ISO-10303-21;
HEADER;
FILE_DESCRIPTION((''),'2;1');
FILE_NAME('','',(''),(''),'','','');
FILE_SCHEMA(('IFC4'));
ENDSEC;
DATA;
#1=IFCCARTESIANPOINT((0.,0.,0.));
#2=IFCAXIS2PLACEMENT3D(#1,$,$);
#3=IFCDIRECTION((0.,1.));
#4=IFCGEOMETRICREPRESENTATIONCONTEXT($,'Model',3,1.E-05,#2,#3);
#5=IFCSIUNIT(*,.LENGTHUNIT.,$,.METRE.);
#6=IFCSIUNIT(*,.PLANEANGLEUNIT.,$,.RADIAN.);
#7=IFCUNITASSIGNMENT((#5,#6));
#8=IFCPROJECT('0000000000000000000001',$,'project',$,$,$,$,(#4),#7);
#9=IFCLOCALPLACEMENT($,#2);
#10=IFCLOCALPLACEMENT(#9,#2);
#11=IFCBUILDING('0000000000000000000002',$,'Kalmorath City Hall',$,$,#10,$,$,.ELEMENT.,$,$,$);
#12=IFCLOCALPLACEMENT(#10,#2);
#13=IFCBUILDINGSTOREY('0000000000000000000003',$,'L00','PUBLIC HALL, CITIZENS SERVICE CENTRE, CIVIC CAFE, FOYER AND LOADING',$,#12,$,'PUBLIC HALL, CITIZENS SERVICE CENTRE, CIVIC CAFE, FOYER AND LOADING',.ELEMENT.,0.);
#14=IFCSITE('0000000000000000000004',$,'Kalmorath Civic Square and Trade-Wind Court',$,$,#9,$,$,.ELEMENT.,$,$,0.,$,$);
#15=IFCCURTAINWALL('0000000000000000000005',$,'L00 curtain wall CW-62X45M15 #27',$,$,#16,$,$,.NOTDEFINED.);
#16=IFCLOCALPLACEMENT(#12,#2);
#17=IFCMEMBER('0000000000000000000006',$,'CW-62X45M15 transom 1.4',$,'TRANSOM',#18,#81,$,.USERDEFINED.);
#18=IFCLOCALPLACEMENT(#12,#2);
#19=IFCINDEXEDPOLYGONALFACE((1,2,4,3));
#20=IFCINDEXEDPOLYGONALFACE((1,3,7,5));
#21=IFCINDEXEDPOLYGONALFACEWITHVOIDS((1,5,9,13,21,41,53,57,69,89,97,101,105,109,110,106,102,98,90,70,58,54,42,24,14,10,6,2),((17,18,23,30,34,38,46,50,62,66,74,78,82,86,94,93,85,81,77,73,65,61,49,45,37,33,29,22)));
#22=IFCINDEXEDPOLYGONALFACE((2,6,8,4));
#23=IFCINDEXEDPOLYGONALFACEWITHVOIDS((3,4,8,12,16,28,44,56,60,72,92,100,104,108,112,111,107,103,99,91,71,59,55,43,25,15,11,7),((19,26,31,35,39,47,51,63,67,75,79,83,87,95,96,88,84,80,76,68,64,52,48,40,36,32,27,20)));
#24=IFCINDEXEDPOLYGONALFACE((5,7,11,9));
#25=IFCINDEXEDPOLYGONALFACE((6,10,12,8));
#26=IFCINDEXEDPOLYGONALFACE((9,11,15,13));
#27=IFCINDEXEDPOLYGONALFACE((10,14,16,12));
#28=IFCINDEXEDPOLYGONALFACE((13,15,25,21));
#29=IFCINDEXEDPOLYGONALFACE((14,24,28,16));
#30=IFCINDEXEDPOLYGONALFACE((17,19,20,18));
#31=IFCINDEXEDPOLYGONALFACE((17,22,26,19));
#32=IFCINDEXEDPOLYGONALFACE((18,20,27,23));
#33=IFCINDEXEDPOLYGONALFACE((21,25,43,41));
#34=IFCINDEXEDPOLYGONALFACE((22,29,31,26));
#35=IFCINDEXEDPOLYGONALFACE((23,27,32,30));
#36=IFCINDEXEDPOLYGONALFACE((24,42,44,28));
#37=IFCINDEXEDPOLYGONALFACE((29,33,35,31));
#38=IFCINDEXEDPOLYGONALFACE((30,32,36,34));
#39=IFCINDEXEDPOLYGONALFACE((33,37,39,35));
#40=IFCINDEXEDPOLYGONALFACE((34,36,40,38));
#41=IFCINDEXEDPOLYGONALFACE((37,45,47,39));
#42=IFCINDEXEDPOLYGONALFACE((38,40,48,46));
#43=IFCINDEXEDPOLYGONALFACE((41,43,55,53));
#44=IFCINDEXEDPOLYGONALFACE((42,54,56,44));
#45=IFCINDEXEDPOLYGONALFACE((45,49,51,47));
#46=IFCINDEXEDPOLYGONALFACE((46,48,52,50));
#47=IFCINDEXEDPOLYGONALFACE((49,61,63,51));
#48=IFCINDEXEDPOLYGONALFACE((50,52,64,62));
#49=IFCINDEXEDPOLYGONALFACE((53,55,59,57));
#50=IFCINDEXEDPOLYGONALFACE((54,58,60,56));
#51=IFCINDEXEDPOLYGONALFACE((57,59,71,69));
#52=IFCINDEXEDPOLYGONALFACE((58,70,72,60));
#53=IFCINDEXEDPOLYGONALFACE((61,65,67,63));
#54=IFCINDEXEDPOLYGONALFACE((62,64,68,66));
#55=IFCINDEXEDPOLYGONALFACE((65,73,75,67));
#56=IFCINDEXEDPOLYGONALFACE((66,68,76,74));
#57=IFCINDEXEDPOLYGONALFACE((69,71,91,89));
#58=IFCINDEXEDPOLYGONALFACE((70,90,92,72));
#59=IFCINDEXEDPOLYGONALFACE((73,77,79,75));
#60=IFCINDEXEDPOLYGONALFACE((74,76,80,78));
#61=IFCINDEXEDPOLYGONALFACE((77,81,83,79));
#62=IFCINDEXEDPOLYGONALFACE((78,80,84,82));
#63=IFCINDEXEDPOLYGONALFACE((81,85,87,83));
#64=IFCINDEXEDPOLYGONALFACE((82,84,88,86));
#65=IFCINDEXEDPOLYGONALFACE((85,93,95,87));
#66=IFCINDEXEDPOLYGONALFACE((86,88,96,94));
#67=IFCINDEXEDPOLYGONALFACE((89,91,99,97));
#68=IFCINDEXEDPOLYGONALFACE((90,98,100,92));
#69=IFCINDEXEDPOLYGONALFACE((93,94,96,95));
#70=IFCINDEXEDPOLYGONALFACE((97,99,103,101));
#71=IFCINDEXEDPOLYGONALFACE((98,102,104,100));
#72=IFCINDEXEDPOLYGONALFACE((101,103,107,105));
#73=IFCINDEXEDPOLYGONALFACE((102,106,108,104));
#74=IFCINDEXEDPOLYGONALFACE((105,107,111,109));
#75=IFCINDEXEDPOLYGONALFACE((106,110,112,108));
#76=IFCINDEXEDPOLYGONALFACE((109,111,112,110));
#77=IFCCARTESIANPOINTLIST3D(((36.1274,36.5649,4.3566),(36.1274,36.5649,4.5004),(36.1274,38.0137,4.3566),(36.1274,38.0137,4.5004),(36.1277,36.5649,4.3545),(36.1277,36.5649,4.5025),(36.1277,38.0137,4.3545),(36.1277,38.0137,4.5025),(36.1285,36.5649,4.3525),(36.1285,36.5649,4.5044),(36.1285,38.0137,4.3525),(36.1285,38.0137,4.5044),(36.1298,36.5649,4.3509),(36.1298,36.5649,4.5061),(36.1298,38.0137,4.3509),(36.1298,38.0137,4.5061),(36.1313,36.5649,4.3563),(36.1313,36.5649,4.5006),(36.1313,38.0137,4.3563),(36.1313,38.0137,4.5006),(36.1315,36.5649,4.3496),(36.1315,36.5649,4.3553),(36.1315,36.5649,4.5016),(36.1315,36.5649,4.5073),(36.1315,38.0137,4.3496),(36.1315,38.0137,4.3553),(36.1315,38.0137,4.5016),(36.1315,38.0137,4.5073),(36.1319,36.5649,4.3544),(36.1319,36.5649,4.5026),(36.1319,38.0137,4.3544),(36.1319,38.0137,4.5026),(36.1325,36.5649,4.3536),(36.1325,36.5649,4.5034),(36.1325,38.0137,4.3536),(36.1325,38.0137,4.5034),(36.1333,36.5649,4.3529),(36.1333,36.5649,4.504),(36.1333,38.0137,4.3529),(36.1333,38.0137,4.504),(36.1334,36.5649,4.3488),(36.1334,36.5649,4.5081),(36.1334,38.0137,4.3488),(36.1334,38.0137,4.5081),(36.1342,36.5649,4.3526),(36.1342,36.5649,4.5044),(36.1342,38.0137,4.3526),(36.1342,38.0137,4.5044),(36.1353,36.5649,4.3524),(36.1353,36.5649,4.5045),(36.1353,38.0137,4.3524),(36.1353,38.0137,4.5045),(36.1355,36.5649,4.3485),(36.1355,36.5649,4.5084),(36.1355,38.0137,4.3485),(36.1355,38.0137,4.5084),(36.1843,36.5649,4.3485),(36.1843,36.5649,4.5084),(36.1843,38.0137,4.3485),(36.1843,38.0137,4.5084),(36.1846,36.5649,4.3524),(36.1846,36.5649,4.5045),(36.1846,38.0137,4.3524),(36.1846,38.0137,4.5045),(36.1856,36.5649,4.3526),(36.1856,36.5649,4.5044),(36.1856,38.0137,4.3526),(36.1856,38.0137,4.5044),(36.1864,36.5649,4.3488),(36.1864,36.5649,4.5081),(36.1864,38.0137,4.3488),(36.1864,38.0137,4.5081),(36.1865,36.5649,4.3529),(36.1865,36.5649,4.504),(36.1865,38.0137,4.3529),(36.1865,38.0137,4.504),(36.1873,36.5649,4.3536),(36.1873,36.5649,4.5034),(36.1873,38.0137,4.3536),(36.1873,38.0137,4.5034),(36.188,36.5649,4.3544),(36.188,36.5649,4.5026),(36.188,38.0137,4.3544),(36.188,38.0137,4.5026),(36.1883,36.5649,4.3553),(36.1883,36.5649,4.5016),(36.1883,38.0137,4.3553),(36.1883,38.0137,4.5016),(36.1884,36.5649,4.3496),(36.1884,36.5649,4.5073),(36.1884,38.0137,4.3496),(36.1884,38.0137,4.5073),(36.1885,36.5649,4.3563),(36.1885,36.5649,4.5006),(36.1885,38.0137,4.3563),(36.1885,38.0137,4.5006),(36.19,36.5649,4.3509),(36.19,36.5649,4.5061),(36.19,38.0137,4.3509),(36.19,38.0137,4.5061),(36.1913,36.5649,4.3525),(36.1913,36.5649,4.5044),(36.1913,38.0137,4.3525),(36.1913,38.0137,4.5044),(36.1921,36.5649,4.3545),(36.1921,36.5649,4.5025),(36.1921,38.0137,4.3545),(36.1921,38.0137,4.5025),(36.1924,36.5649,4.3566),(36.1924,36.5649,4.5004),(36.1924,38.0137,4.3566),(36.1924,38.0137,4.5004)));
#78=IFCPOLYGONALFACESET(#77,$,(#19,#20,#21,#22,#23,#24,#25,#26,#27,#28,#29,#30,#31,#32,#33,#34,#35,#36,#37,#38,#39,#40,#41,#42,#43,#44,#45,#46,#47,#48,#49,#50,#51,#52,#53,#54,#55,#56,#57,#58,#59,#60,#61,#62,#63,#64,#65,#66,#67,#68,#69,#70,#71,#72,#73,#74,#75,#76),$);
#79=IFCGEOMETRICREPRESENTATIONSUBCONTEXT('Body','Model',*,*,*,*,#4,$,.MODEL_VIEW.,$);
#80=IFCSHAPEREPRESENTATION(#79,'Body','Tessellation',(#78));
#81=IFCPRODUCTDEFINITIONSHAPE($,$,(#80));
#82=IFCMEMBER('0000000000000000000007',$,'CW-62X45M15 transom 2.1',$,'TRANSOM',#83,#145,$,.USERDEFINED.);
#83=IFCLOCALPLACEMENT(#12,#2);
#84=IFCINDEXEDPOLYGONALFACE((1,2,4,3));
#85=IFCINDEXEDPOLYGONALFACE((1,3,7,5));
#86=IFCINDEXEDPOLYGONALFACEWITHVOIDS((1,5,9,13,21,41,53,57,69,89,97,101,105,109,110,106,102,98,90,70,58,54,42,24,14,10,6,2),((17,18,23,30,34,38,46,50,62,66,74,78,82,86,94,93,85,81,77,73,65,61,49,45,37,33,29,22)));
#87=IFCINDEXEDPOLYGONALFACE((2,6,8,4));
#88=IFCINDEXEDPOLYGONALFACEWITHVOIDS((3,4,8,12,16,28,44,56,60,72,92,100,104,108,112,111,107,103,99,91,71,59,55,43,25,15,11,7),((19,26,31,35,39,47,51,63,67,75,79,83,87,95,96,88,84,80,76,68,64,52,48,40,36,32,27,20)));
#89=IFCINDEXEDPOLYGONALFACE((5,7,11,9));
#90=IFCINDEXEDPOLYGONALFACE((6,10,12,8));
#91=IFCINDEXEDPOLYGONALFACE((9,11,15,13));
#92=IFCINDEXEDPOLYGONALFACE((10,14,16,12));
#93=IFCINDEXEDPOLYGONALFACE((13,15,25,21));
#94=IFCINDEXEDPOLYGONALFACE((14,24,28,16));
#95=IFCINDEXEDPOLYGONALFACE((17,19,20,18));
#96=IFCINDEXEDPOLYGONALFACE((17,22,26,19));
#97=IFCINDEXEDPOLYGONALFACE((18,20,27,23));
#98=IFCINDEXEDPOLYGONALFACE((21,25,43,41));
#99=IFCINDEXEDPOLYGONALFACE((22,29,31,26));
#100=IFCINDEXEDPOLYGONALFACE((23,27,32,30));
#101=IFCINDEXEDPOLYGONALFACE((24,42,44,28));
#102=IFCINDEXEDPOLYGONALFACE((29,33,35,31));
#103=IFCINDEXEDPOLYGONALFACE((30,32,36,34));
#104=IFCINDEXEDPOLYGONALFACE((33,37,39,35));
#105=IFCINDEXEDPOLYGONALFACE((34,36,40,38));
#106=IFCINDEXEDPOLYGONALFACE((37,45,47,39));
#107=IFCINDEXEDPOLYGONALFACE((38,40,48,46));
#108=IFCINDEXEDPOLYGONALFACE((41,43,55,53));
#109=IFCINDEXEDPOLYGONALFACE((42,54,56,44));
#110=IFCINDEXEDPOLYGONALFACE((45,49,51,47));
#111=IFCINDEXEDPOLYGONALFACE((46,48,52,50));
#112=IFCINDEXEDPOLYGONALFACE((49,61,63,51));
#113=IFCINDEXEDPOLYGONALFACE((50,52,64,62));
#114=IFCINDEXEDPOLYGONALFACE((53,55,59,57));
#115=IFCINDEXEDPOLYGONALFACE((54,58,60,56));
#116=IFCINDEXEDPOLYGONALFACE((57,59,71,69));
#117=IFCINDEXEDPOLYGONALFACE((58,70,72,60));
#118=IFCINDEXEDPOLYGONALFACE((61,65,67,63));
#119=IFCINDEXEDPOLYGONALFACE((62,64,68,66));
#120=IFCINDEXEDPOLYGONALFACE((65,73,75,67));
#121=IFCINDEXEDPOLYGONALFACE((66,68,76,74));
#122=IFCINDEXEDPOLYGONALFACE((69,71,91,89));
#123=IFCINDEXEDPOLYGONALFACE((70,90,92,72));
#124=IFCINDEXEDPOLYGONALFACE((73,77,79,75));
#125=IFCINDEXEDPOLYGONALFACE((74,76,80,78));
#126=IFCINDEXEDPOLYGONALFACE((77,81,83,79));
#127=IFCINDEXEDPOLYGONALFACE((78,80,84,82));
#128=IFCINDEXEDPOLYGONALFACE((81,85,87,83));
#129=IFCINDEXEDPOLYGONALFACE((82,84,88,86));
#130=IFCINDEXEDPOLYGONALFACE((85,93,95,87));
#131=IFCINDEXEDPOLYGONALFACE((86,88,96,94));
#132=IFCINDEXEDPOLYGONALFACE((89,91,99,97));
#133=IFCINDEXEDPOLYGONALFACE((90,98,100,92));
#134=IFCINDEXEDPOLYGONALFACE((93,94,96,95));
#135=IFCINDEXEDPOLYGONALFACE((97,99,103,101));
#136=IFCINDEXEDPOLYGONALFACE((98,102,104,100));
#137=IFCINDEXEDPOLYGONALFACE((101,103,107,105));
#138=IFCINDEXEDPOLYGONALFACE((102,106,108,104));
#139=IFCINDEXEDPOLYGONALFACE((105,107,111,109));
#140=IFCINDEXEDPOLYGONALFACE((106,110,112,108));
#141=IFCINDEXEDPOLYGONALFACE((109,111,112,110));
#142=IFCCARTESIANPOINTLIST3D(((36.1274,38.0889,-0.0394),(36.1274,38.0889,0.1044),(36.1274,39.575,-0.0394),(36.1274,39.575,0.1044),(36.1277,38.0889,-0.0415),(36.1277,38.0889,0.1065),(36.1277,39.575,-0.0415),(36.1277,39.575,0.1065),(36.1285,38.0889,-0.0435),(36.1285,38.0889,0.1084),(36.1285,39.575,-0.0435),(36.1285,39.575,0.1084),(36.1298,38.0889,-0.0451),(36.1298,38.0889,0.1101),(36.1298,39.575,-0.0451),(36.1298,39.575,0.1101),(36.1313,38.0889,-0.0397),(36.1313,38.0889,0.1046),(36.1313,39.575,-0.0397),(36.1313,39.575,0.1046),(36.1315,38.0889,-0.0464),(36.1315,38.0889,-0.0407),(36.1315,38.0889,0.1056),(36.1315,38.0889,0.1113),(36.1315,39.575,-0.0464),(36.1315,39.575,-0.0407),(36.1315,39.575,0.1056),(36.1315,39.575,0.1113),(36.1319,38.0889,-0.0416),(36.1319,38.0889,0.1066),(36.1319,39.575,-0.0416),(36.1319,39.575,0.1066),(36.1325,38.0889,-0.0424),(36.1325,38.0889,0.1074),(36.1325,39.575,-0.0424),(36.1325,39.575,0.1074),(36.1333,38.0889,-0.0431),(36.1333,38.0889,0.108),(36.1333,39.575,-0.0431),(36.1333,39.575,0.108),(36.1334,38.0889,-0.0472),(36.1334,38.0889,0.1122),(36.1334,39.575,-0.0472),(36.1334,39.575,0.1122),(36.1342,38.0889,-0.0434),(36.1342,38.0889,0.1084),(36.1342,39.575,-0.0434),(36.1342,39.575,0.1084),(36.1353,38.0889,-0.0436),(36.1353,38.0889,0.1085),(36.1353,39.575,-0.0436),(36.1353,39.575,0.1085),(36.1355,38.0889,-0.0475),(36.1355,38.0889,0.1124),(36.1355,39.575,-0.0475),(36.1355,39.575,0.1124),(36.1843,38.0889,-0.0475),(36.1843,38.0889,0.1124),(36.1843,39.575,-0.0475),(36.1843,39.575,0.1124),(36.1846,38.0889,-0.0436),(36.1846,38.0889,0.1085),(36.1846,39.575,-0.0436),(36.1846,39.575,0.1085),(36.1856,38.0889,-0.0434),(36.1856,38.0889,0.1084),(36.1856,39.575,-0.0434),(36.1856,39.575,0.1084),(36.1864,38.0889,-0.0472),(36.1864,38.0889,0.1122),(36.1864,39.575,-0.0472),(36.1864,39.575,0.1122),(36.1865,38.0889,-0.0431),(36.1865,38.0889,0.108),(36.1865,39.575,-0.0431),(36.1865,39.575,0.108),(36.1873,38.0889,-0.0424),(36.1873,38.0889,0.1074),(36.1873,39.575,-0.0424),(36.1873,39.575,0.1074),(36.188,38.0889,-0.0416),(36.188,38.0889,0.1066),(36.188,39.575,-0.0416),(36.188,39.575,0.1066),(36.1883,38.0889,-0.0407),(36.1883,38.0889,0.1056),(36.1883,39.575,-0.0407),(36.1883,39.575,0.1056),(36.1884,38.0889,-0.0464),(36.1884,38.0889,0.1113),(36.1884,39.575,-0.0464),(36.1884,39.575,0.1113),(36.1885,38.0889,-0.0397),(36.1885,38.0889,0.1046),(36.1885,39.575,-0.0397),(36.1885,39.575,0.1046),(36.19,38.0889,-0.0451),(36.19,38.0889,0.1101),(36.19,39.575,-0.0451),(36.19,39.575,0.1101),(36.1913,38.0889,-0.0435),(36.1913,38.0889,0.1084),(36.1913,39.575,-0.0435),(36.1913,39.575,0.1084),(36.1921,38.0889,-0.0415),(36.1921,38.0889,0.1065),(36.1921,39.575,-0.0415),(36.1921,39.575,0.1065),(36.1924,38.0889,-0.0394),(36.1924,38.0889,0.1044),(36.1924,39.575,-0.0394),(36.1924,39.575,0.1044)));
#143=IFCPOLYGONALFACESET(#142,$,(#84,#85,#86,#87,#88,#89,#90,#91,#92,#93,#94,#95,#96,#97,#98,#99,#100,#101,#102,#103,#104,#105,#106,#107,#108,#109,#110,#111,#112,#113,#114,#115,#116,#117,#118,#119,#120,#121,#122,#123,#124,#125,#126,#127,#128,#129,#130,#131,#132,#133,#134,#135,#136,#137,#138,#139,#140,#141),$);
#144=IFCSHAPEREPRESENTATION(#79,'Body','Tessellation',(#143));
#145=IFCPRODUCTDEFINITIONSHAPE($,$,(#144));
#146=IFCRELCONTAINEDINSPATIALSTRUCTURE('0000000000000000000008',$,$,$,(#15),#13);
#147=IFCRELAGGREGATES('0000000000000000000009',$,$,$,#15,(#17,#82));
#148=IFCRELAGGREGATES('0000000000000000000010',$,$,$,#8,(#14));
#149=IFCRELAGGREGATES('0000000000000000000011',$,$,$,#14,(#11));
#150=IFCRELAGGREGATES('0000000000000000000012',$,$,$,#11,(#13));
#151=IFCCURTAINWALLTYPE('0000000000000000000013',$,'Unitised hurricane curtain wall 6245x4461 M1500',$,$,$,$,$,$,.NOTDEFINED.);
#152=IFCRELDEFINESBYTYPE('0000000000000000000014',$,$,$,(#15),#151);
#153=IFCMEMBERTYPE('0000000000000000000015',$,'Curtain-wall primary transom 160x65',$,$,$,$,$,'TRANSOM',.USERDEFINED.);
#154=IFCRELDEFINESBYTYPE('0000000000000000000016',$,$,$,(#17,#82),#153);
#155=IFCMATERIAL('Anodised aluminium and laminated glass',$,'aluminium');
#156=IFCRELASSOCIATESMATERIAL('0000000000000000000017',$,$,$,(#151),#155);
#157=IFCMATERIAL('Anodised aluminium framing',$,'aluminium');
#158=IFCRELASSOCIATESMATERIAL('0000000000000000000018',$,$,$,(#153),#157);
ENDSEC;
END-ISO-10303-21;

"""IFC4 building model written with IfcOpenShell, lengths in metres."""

from ifc_helpers import new_model, si_unit, direction, frame, origin, origin_2d, place, context, subcontext, project, spatial, hollow_rectangle, extrude, material, material_profile, profile_set, type_object, element, aggregate, save


model = new_model("IFC4")

# Units and contexts
model_context = context("Model", 3, precision=1e-05, world=origin(), true_north=direction((0.0, 1.0)))
body_context = subcontext(model_context, "Body", "Model", "MODEL_VIEW")
ifc_project = project(units=[si_unit("LENGTHUNIT", "METRE"), si_unit("PLANEANGLEUNIT", "RADIAN")], contexts=[model_context])

# Site, building, storey
site_placement = place(None, origin())
site = spatial("IfcSite", under=ifc_project, at=site_placement, Name="Kalmorath Civic Square and Trade-Wind Court", CompositionType="ELEMENT", RefElevation=0.0)
building_placement = place(site_placement, origin())
building = spatial("IfcBuilding", under=site, at=building_placement, Name="Kalmorath City Hall", CompositionType="ELEMENT")
storey_placement = place(building_placement, origin())
storey = spatial("IfcBuildingStorey", under=building, at=storey_placement, Name="L00", Description="PUBLIC HALL, CITIZENS SERVICE CENTRE, CIVIC CAFE, FOYER AND LOADING", LongName="PUBLIC HALL, CITIZENS SERVICE CENTRE, CIVIC CAFE, FOYER AND LOADING", CompositionType="ELEMENT", Elevation=0.0)

# Curtain wall, members
ifc_material_1 = material(Name="Anodised aluminium and laminated glass", Category="aluminium")
curtain_wall_type = type_object("IfcCurtainWallType", Name="Unitised hurricane curtain wall 6245x4461 M1500", PredefinedType="NOTDEFINED", material=ifc_material_1)
curtain_wall_placement = place(storey_placement, origin())
curtain_wall = element("IfcCurtainWall", 1, at=curtain_wall_placement, inside=storey, type_object=curtain_wall_type, Name="L00 curtain wall CW-62X45M15 #27", PredefinedType="NOTDEFINED")
ifc_material_2 = material(Name="Anodised aluminium framing", Category="aluminium")
ifc_material_profile_1 = material_profile(ifc_material_2, hollow_rectangle(XDim=0.0649, YDim=0.1599, WallThickness=0.0039, InnerFilletRadius=0.0039, OuterFilletRadius=0.0081, at=origin_2d()), Name="ALU-TRN-160X65X4")
ifc_profile_set_1 = profile_set([ifc_material_profile_1], Name="Anodised aluminium framing")
member_type_1 = type_object("IfcMemberType", Name="Curtain-wall primary transom 160x65", ElementType="TRANSOM", PredefinedType="USERDEFINED", material=ifc_profile_set_1)
member_1_placement = place(storey_placement, frame((36.1599, 36.5649, 4.4285), z_axis=(0.0, 1.0, 0.0), x_axis=(-1.0, 0.0, 0.0)))
member_1 = element("IfcMember", 2, at=member_1_placement, type_object=member_type_1, Name="CW-62X45M15 transom 1.4", ObjectType="TRANSOM", PredefinedType="USERDEFINED", context=body_context, shape_type="SweptSolid", body=[
    extrude(hollow_rectangle(XDim=0.0649, YDim=0.1599, WallThickness=0.0039, InnerFilletRadius=0.0039, OuterFilletRadius=0.0081, at=origin_2d()), origin(), (0.0, 0.0, 1.0), 1.4487),
])
member_2_placement = place(storey_placement, frame((36.1599, 38.0889, 0.0325), z_axis=(0.0, 1.0, 0.0), x_axis=(-1.0, 0.0, 0.0)))
member_2 = element("IfcMember", 3, at=member_2_placement, type_object=member_type_1, Name="CW-62X45M15 transom 2.1", ObjectType="TRANSOM", PredefinedType="USERDEFINED", context=body_context, shape_type="SweptSolid", body=[
    extrude(hollow_rectangle(XDim=0.0649, YDim=0.1599, WallThickness=0.0039, InnerFilletRadius=0.0039, OuterFilletRadius=0.0081, at=origin_2d()), origin(), (0.0, 0.0, 1.0), 1.4861),
])

aggregate(curtain_wall, [member_1, member_2])

save(model, "model.ifc")
